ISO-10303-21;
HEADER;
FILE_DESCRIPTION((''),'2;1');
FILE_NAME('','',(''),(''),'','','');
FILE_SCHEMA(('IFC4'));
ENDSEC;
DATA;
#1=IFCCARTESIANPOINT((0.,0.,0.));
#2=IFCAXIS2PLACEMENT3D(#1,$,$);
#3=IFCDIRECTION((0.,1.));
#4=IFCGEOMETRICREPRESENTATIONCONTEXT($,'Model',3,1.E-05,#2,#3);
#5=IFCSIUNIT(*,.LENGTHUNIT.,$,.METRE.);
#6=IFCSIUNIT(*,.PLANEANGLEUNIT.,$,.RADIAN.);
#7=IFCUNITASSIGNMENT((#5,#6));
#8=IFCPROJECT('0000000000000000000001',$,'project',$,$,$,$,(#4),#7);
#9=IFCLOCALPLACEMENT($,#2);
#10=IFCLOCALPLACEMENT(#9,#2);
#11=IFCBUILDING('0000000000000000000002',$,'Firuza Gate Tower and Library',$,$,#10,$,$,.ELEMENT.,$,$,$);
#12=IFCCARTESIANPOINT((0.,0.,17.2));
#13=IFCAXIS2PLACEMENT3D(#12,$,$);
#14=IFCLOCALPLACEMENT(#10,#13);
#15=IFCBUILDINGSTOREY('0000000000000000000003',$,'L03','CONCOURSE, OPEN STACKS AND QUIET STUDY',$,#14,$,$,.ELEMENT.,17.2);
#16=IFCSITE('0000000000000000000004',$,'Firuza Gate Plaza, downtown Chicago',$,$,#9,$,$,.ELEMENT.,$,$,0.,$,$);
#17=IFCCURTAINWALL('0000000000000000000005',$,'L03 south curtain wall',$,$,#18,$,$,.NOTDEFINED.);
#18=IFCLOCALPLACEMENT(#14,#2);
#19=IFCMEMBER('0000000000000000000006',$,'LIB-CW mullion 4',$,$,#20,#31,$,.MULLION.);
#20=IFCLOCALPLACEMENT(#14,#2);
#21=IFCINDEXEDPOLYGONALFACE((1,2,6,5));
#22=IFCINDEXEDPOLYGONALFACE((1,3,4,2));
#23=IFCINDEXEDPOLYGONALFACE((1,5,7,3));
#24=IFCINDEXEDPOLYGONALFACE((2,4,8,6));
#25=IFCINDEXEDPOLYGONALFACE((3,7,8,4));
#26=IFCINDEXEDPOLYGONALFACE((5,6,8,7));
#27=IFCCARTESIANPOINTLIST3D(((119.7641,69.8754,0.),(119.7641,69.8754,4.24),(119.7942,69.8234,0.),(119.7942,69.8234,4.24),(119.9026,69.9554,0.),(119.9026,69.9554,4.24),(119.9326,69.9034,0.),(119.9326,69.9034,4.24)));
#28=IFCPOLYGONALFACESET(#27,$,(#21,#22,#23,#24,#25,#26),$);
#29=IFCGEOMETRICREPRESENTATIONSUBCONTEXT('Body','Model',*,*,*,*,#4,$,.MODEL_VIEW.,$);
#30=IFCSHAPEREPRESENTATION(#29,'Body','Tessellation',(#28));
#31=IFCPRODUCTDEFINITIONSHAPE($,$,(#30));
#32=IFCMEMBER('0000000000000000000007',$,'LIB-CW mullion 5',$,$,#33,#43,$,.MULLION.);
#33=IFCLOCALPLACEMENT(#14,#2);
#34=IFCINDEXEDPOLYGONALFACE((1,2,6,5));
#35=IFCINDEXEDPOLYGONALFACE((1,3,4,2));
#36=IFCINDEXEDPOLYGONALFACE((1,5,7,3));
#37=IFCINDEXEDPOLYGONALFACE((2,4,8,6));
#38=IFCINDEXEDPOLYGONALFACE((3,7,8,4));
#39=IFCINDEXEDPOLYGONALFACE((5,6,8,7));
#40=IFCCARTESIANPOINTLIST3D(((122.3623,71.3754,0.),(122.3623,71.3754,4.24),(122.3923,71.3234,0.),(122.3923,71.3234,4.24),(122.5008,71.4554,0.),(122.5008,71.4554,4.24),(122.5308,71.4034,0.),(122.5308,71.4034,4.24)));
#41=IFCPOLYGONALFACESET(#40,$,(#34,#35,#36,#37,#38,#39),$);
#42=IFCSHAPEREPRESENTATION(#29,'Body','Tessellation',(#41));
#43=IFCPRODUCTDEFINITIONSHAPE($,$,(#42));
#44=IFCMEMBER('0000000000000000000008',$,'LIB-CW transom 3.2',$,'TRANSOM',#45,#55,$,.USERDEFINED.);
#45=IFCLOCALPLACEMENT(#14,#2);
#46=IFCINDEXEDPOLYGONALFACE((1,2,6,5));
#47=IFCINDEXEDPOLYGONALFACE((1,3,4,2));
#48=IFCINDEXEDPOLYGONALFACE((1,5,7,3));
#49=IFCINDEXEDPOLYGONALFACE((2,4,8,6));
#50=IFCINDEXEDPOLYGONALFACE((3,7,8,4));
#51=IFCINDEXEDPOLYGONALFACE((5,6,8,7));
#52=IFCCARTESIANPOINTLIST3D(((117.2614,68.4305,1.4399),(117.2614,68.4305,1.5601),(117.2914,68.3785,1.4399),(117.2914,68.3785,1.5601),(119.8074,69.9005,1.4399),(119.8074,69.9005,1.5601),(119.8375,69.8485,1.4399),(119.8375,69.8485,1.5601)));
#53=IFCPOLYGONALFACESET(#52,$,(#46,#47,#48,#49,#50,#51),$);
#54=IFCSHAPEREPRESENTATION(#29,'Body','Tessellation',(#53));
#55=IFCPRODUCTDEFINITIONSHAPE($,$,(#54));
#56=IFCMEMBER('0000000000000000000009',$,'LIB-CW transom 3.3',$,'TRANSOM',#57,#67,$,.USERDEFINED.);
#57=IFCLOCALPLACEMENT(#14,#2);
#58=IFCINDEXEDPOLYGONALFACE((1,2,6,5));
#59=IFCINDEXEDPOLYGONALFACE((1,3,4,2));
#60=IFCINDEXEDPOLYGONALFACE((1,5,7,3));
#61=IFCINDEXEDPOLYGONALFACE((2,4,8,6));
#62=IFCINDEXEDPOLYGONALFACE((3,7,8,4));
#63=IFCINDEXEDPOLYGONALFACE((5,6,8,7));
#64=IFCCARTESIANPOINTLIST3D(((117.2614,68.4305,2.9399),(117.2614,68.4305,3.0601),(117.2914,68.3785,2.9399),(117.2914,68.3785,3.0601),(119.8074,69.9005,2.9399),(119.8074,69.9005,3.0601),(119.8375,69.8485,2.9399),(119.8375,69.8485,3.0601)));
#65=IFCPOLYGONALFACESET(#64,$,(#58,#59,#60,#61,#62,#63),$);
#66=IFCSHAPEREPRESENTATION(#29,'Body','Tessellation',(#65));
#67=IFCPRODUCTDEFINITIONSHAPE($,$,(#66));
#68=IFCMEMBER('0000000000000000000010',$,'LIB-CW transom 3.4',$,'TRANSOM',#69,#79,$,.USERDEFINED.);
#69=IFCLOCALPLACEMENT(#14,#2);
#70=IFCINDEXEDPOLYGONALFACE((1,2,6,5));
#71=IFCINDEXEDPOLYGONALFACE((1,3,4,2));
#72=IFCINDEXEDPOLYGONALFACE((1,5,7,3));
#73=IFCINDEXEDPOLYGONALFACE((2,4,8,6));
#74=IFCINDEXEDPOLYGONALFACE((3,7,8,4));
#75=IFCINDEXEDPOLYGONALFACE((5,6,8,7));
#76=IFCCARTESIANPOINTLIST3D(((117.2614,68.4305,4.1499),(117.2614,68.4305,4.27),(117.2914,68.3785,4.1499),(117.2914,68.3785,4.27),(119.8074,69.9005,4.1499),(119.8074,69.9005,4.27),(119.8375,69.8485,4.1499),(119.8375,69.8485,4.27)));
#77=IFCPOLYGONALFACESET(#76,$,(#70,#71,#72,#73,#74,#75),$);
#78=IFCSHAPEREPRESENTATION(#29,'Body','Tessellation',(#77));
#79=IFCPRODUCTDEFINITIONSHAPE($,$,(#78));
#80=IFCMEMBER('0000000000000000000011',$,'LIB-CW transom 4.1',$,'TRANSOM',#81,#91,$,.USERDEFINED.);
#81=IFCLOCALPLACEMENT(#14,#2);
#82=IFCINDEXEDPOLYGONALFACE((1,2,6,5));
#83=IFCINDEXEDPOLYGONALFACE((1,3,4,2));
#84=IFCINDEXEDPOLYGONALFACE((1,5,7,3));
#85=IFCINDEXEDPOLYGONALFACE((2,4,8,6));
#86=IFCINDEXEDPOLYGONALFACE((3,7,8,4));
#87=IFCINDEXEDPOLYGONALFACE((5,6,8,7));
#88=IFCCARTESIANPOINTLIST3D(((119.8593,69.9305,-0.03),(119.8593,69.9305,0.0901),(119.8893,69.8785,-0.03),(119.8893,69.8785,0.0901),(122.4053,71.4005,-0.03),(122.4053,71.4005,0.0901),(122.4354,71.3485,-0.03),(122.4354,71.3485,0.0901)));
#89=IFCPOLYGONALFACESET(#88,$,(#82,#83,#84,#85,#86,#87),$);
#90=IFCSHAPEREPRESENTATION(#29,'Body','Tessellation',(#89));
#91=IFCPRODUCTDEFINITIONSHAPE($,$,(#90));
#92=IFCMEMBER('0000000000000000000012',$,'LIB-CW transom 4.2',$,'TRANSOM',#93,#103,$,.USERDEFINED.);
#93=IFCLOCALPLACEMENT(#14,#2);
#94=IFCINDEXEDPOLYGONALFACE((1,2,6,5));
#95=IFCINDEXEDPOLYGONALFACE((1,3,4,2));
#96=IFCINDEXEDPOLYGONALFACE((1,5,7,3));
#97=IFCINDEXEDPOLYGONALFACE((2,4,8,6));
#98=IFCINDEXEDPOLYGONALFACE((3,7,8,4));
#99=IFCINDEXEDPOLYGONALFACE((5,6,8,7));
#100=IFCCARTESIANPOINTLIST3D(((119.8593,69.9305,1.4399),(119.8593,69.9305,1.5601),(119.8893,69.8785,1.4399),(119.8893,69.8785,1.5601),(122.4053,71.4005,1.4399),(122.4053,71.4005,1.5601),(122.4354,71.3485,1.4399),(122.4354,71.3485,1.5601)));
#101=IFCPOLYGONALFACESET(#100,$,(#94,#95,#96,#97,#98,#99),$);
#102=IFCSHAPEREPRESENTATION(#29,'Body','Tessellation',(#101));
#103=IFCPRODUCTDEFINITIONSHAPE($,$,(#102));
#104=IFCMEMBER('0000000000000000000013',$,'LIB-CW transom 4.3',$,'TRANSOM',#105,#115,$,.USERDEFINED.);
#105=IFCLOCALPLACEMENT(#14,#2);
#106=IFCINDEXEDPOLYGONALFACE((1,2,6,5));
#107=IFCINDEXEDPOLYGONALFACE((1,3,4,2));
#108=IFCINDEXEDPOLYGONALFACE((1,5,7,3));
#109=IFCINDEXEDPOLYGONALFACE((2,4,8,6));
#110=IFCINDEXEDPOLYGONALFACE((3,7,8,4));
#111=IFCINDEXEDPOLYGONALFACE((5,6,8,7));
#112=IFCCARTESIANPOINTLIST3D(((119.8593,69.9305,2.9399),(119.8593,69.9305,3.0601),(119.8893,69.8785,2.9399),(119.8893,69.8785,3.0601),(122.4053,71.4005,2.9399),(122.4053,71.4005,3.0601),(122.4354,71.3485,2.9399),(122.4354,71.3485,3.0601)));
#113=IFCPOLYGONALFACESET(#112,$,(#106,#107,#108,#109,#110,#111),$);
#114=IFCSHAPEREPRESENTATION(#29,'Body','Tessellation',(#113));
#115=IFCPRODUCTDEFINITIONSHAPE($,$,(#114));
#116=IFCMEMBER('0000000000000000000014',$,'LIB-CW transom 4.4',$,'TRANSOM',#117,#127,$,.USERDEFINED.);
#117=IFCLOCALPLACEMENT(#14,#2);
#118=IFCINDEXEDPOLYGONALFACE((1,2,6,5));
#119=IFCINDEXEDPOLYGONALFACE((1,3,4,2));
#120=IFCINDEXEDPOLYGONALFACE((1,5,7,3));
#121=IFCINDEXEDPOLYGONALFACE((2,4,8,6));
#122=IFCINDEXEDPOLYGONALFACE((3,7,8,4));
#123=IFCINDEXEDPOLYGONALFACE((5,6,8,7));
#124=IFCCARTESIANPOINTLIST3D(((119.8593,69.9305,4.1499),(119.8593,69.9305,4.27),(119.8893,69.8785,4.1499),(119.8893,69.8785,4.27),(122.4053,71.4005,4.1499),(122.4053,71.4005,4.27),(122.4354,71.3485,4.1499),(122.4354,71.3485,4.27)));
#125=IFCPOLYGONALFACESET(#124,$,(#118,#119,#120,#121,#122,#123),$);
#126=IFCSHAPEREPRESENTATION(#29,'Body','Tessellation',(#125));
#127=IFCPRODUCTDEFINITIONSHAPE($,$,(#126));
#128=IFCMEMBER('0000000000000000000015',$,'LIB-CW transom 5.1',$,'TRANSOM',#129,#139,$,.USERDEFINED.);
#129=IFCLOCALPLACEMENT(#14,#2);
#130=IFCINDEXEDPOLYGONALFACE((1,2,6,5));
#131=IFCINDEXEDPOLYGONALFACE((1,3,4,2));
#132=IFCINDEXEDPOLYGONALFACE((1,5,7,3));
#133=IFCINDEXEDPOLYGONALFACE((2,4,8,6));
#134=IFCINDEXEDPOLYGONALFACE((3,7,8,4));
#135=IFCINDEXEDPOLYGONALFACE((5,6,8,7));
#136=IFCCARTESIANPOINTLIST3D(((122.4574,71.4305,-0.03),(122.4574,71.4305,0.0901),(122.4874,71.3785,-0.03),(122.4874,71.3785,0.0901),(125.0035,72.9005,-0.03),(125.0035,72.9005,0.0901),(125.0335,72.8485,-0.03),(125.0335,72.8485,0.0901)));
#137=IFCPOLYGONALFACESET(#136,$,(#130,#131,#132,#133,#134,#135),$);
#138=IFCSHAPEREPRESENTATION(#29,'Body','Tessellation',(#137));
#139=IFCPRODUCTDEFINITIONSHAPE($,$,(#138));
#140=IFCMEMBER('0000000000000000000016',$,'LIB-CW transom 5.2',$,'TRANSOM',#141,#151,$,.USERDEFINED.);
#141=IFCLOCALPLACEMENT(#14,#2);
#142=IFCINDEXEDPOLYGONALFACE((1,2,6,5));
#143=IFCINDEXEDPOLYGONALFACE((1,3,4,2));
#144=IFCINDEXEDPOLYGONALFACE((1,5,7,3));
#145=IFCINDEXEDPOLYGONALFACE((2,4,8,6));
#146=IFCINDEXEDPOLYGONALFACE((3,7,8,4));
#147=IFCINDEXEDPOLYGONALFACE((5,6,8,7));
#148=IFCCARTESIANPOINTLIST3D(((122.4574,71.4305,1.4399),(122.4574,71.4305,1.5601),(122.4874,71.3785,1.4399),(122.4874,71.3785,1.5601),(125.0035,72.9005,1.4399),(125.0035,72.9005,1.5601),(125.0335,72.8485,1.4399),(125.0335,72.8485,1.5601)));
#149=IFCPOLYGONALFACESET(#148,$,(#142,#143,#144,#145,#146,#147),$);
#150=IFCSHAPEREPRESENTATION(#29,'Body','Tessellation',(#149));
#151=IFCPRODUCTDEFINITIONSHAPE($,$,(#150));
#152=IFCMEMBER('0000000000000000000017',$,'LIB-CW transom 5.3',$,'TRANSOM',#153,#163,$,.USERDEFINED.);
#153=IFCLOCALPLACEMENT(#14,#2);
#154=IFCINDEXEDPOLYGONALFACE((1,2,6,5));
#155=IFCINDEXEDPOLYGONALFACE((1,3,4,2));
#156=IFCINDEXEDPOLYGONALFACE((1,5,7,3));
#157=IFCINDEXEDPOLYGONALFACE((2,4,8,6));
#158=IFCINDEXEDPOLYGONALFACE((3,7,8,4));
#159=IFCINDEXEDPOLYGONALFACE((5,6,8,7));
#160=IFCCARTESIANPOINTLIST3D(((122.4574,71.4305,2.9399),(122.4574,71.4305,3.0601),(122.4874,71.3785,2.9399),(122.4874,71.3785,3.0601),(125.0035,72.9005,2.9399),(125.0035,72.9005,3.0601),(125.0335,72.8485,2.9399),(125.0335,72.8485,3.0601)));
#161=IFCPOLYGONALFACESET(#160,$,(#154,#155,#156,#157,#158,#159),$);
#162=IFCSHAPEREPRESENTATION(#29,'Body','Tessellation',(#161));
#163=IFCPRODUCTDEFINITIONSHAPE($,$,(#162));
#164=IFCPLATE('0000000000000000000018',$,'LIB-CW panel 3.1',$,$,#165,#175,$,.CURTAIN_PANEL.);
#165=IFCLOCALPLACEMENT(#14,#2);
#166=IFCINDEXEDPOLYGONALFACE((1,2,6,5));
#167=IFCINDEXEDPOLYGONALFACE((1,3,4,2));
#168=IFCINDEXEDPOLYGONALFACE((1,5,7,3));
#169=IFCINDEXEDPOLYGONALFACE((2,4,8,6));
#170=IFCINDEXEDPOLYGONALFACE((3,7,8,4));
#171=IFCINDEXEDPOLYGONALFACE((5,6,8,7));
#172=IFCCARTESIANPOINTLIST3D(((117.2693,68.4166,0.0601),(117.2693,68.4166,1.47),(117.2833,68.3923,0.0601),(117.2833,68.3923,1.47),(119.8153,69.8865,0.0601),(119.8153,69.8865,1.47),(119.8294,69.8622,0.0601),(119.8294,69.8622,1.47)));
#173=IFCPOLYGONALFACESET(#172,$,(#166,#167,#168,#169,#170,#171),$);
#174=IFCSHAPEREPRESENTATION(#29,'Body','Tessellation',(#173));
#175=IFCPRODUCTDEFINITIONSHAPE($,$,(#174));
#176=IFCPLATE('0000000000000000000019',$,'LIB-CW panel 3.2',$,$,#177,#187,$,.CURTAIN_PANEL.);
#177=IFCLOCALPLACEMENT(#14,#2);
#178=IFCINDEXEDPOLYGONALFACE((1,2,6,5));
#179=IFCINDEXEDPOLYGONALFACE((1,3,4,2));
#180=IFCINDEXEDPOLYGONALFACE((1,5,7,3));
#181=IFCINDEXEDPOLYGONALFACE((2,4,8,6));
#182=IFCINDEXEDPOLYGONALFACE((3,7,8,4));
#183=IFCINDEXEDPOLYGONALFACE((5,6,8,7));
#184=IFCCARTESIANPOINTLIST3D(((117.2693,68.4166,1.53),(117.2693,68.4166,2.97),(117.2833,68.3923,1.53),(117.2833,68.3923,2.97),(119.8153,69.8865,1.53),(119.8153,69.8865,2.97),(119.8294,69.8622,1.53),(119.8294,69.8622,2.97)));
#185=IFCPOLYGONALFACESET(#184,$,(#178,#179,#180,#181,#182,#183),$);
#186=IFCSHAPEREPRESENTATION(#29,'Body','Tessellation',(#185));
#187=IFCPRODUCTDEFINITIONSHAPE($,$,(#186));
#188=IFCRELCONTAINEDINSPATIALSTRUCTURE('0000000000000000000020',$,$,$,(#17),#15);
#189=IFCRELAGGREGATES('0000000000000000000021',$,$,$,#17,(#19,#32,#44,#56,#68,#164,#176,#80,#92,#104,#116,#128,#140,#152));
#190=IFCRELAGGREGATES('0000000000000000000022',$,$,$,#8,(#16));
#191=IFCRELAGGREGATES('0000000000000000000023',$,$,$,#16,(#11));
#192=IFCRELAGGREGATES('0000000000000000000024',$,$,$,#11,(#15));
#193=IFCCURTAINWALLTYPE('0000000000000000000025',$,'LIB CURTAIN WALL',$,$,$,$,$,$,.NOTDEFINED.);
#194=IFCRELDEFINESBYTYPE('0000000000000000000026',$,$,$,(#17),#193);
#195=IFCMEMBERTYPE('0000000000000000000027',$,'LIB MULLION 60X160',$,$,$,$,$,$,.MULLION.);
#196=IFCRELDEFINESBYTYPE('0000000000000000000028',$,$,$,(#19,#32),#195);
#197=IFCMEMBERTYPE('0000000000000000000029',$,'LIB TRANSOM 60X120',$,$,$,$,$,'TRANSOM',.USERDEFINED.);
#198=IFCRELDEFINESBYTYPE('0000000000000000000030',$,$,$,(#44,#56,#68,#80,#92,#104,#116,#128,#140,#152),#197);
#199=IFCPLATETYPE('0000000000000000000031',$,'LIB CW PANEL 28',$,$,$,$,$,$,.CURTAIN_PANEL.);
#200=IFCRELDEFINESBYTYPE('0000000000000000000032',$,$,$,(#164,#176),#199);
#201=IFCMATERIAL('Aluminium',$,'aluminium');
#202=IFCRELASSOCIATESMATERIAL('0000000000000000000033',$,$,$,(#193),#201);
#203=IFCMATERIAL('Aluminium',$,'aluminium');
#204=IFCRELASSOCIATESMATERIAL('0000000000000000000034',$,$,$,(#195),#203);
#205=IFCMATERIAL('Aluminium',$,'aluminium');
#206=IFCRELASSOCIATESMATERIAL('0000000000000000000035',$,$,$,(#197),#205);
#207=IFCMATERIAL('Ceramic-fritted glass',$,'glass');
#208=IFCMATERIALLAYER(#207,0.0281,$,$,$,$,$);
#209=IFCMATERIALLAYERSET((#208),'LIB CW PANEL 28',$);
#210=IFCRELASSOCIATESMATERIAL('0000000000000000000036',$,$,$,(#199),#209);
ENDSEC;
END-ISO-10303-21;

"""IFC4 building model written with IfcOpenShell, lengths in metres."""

from ifc_helpers import new_model, si_unit, direction, frame, origin, origin_2d, place, context, subcontext, project, spatial, rectangle, extrude, material, layer, layer_set, material_profile, profile_set, type_object, element, aggregate, save


model = new_model("IFC4")

# Units and contexts
model_context = context("Model", 3, precision=1e-05, world=origin(), true_north=direction((0.0, 1.0)))
body_context = subcontext(model_context, "Body", "Model", "MODEL_VIEW")
ifc_project = project(units=[si_unit("LENGTHUNIT", "METRE"), si_unit("PLANEANGLEUNIT", "RADIAN")], contexts=[model_context])

# Site, building, storey
site_placement = place(None, origin())
site = spatial("IfcSite", under=ifc_project, at=site_placement, Name="Firuza Gate Plaza, downtown Chicago", CompositionType="ELEMENT", RefElevation=0.0)
building_placement = place(site_placement, origin())
building = spatial("IfcBuilding", under=site, at=building_placement, Name="Firuza Gate Tower and Library", CompositionType="ELEMENT")
storey_placement = place(building_placement, frame((0.0, 0.0, 17.2)))
storey = spatial("IfcBuildingStorey", under=building, at=storey_placement, Name="L03", Description="CONCOURSE, OPEN STACKS AND QUIET STUDY", CompositionType="ELEMENT", Elevation=17.2)

# Curtain wall, members, plates
ifc_material_1 = material(Name="Aluminium", Category="aluminium")
curtain_wall_type = type_object("IfcCurtainWallType", Name="LIB CURTAIN WALL", PredefinedType="NOTDEFINED", material=ifc_material_1)
curtain_wall_placement = place(storey_placement, origin())
curtain_wall = element("IfcCurtainWall", 1, at=curtain_wall_placement, inside=storey, type_object=curtain_wall_type, Name="L03 south curtain wall", PredefinedType="NOTDEFINED")
ifc_material_2 = material(Name="Aluminium", Category="aluminium")
ifc_material_profile_1 = material_profile(ifc_material_2, rectangle(XDim=0.0601, YDim=0.1599, at=origin_2d()))
ifc_profile_set_1 = profile_set([ifc_material_profile_1], Name="Aluminium")
member_type_1 = type_object("IfcMemberType", Name="LIB MULLION 60X160", PredefinedType="MULLION", material=ifc_profile_set_1)
member_1_placement = place(storey_placement, frame((119.8484, 69.8894, 0.0), z_axis=(0.0, 0.0, 1.0), x_axis=(-0.500001, 0.866025, 0.0)))
member_1 = element("IfcMember", 2, at=member_1_placement, type_object=member_type_1, Name="LIB-CW mullion 4", PredefinedType="MULLION", context=body_context, shape_type="SweptSolid", body=[
    extrude(rectangle(XDim=0.0601, YDim=0.1599, at=origin_2d()), origin(), (0.0, 0.0, 1.0), 4.24),
])
member_2_placement = place(storey_placement, frame((122.4465, 71.3894, 0.0), z_axis=(0.0, 0.0, 1.0), x_axis=(-0.500001, 0.866025, 0.0)))
member_2 = element("IfcMember", 3, at=member_2_placement, type_object=member_type_1, Name="LIB-CW mullion 5", PredefinedType="MULLION", context=body_context, shape_type="SweptSolid", body=[
    extrude(rectangle(XDim=0.0601, YDim=0.1599, at=origin_2d()), origin(), (0.0, 0.0, 1.0), 4.24),
])
ifc_material_3 = material(Name="Aluminium", Category="aluminium")
ifc_material_profile_2 = material_profile(ifc_material_3, rectangle(XDim=0.0601, YDim=0.1201, at=origin_2d()))
ifc_profile_set_2 = profile_set([ifc_material_profile_2], Name="Aluminium")
member_type_2 = type_object("IfcMemberType", Name="LIB TRANSOM 60X120", ElementType="TRANSOM", PredefinedType="USERDEFINED", material=ifc_profile_set_2)
member_3_placement = place(storey_placement, frame((117.2764, 68.4045, 1.5), z_axis=(0.866032, 0.499988, 0.0), x_axis=(-0.499988, 0.866032, 0.0)))
member_3 = element("IfcMember", 4, at=member_3_placement, type_object=member_type_2, Name="LIB-CW transom 3.2", ObjectType="TRANSOM", PredefinedType="USERDEFINED", context=body_context, shape_type="SweptSolid", body=[
    extrude(rectangle(XDim=0.0601, YDim=0.1201, at=origin_2d()), origin(), (0.0, 0.0, 1.0), 2.9399),
])
member_4_placement = place(storey_placement, frame((117.2764, 68.4045, 3.0), z_axis=(0.866032, 0.499988, 0.0), x_axis=(-0.499988, 0.866032, 0.0)))
member_4 = element("IfcMember", 5, at=member_4_placement, type_object=member_type_2, Name="LIB-CW transom 3.3", ObjectType="TRANSOM", PredefinedType="USERDEFINED", context=body_context, shape_type="SweptSolid", body=[
    extrude(rectangle(XDim=0.0601, YDim=0.1201, at=origin_2d()), origin(), (0.0, 0.0, 1.0), 2.9399),
])
member_5_placement = place(storey_placement, frame((117.2764, 68.4045, 4.21), z_axis=(0.866032, 0.499988, 0.0), x_axis=(-0.499988, 0.866032, 0.0)))
member_5 = element("IfcMember", 6, at=member_5_placement, type_object=member_type_2, Name="LIB-CW transom 3.4", ObjectType="TRANSOM", PredefinedType="USERDEFINED", context=body_context, shape_type="SweptSolid", body=[
    extrude(rectangle(XDim=0.0601, YDim=0.1201, at=origin_2d()), origin(), (0.0, 0.0, 1.0), 2.9399),
])
member_6_placement = place(storey_placement, frame((119.8743, 69.9045, 0.03), z_axis=(0.866032, 0.499988, 0.0), x_axis=(-0.499988, 0.866032, 0.0)))
member_6 = element("IfcMember", 7, at=member_6_placement, type_object=member_type_2, Name="LIB-CW transom 4.1", ObjectType="TRANSOM", PredefinedType="USERDEFINED", context=body_context, shape_type="SweptSolid", body=[
    extrude(rectangle(XDim=0.0601, YDim=0.1201, at=origin_2d()), origin(), (0.0, 0.0, 1.0), 2.9399),
])
member_7_placement = place(storey_placement, frame((119.8743, 69.9045, 1.5), z_axis=(0.866032, 0.499988, 0.0), x_axis=(-0.499988, 0.866032, 0.0)))
member_7 = element("IfcMember", 8, at=member_7_placement, type_object=member_type_2, Name="LIB-CW transom 4.2", ObjectType="TRANSOM", PredefinedType="USERDEFINED", context=body_context, shape_type="SweptSolid", body=[
    extrude(rectangle(XDim=0.0601, YDim=0.1201, at=origin_2d()), origin(), (0.0, 0.0, 1.0), 2.9399),
])
member_8_placement = place(storey_placement, frame((119.8743, 69.9045, 3.0), z_axis=(0.866032, 0.499988, 0.0), x_axis=(-0.499988, 0.866032, 0.0)))
member_8 = element("IfcMember", 9, at=member_8_placement, type_object=member_type_2, Name="LIB-CW transom 4.3", ObjectType="TRANSOM", PredefinedType="USERDEFINED", context=body_context, shape_type="SweptSolid", body=[
    extrude(rectangle(XDim=0.0601, YDim=0.1201, at=origin_2d()), origin(), (0.0, 0.0, 1.0), 2.9399),
])
member_9_placement = place(storey_placement, frame((119.8743, 69.9045, 4.21), z_axis=(0.866032, 0.499988, 0.0), x_axis=(-0.499988, 0.866032, 0.0)))
member_9 = element("IfcMember", 10, at=member_9_placement, type_object=member_type_2, Name="LIB-CW transom 4.4", ObjectType="TRANSOM", PredefinedType="USERDEFINED", context=body_context, shape_type="SweptSolid", body=[
    extrude(rectangle(XDim=0.0601, YDim=0.1201, at=origin_2d()), origin(), (0.0, 0.0, 1.0), 2.9399),
])
member_10_placement = place(storey_placement, frame((122.4724, 71.4045, 0.03), z_axis=(0.866032, 0.499988, 0.0), x_axis=(-0.499988, 0.866032, 0.0)))
member_10 = element("IfcMember", 11, at=member_10_placement, type_object=member_type_2, Name="LIB-CW transom 5.1", ObjectType="TRANSOM", PredefinedType="USERDEFINED", context=body_context, shape_type="SweptSolid", body=[
    extrude(rectangle(XDim=0.0601, YDim=0.1201, at=origin_2d()), origin(), (0.0, 0.0, 1.0), 2.9399),
])
member_11_placement = place(storey_placement, frame((122.4724, 71.4045, 1.5), z_axis=(0.866032, 0.499988, 0.0), x_axis=(-0.499988, 0.866032, 0.0)))
member_11 = element("IfcMember", 12, at=member_11_placement, type_object=member_type_2, Name="LIB-CW transom 5.2", ObjectType="TRANSOM", PredefinedType="USERDEFINED", context=body_context, shape_type="SweptSolid", body=[
    extrude(rectangle(XDim=0.0601, YDim=0.1201, at=origin_2d()), origin(), (0.0, 0.0, 1.0), 2.9399),
])
member_12_placement = place(storey_placement, frame((122.4724, 71.4045, 3.0), z_axis=(0.866032, 0.499988, 0.0), x_axis=(-0.499988, 0.866032, 0.0)))
member_12 = element("IfcMember", 13, at=member_12_placement, type_object=member_type_2, Name="LIB-CW transom 5.3", ObjectType="TRANSOM", PredefinedType="USERDEFINED", context=body_context, shape_type="SweptSolid", body=[
    extrude(rectangle(XDim=0.0601, YDim=0.1201, at=origin_2d()), origin(), (0.0, 0.0, 1.0), 2.9399),
])
ifc_material_4 = material(Name="Ceramic-fritted glass", Category="glass")
ifc_layer = layer(ifc_material_4, 0.0281)
ifc_layer_set = layer_set([ifc_layer], Name="LIB CW PANEL 28")
plate_type = type_object("IfcPlateType", Name="LIB CW PANEL 28", PredefinedType="CURTAIN_PANEL", material=ifc_layer_set)
plate_1_placement = place(storey_placement, frame((118.5493, 69.1394, 0.0601), z_axis=(0.0, 0.0, 1.0), x_axis=(0.866025, 0.500001, 0.0)))
plate_1 = element("IfcPlate", 14, at=plate_1_placement, type_object=plate_type, Name="LIB-CW panel 3.1", PredefinedType="CURTAIN_PANEL", context=body_context, shape_type="SweptSolid", body=[
    extrude(rectangle(XDim=2.9399, YDim=0.0281, at=origin_2d()), origin(), (0.0, 0.0, 1.0), 1.4099),
])
plate_2_placement = place(storey_placement, frame((118.5493, 69.1394, 1.53), z_axis=(0.0, 0.0, 1.0), x_axis=(0.866025, 0.500001, 0.0)))
plate_2 = element("IfcPlate", 15, at=plate_2_placement, type_object=plate_type, Name="LIB-CW panel 3.2", PredefinedType="CURTAIN_PANEL", context=body_context, shape_type="SweptSolid", body=[
    extrude(rectangle(XDim=2.9399, YDim=0.0281, at=origin_2d()), origin(), (0.0, 0.0, 1.0), 1.4399),
])
aggregate(curtain_wall, [member_1, member_2, member_3, member_4, member_5, plate_1, plate_2, member_6, member_7, member_8, member_9, member_10, member_11, member_12])

save(model, "model.ifc")
